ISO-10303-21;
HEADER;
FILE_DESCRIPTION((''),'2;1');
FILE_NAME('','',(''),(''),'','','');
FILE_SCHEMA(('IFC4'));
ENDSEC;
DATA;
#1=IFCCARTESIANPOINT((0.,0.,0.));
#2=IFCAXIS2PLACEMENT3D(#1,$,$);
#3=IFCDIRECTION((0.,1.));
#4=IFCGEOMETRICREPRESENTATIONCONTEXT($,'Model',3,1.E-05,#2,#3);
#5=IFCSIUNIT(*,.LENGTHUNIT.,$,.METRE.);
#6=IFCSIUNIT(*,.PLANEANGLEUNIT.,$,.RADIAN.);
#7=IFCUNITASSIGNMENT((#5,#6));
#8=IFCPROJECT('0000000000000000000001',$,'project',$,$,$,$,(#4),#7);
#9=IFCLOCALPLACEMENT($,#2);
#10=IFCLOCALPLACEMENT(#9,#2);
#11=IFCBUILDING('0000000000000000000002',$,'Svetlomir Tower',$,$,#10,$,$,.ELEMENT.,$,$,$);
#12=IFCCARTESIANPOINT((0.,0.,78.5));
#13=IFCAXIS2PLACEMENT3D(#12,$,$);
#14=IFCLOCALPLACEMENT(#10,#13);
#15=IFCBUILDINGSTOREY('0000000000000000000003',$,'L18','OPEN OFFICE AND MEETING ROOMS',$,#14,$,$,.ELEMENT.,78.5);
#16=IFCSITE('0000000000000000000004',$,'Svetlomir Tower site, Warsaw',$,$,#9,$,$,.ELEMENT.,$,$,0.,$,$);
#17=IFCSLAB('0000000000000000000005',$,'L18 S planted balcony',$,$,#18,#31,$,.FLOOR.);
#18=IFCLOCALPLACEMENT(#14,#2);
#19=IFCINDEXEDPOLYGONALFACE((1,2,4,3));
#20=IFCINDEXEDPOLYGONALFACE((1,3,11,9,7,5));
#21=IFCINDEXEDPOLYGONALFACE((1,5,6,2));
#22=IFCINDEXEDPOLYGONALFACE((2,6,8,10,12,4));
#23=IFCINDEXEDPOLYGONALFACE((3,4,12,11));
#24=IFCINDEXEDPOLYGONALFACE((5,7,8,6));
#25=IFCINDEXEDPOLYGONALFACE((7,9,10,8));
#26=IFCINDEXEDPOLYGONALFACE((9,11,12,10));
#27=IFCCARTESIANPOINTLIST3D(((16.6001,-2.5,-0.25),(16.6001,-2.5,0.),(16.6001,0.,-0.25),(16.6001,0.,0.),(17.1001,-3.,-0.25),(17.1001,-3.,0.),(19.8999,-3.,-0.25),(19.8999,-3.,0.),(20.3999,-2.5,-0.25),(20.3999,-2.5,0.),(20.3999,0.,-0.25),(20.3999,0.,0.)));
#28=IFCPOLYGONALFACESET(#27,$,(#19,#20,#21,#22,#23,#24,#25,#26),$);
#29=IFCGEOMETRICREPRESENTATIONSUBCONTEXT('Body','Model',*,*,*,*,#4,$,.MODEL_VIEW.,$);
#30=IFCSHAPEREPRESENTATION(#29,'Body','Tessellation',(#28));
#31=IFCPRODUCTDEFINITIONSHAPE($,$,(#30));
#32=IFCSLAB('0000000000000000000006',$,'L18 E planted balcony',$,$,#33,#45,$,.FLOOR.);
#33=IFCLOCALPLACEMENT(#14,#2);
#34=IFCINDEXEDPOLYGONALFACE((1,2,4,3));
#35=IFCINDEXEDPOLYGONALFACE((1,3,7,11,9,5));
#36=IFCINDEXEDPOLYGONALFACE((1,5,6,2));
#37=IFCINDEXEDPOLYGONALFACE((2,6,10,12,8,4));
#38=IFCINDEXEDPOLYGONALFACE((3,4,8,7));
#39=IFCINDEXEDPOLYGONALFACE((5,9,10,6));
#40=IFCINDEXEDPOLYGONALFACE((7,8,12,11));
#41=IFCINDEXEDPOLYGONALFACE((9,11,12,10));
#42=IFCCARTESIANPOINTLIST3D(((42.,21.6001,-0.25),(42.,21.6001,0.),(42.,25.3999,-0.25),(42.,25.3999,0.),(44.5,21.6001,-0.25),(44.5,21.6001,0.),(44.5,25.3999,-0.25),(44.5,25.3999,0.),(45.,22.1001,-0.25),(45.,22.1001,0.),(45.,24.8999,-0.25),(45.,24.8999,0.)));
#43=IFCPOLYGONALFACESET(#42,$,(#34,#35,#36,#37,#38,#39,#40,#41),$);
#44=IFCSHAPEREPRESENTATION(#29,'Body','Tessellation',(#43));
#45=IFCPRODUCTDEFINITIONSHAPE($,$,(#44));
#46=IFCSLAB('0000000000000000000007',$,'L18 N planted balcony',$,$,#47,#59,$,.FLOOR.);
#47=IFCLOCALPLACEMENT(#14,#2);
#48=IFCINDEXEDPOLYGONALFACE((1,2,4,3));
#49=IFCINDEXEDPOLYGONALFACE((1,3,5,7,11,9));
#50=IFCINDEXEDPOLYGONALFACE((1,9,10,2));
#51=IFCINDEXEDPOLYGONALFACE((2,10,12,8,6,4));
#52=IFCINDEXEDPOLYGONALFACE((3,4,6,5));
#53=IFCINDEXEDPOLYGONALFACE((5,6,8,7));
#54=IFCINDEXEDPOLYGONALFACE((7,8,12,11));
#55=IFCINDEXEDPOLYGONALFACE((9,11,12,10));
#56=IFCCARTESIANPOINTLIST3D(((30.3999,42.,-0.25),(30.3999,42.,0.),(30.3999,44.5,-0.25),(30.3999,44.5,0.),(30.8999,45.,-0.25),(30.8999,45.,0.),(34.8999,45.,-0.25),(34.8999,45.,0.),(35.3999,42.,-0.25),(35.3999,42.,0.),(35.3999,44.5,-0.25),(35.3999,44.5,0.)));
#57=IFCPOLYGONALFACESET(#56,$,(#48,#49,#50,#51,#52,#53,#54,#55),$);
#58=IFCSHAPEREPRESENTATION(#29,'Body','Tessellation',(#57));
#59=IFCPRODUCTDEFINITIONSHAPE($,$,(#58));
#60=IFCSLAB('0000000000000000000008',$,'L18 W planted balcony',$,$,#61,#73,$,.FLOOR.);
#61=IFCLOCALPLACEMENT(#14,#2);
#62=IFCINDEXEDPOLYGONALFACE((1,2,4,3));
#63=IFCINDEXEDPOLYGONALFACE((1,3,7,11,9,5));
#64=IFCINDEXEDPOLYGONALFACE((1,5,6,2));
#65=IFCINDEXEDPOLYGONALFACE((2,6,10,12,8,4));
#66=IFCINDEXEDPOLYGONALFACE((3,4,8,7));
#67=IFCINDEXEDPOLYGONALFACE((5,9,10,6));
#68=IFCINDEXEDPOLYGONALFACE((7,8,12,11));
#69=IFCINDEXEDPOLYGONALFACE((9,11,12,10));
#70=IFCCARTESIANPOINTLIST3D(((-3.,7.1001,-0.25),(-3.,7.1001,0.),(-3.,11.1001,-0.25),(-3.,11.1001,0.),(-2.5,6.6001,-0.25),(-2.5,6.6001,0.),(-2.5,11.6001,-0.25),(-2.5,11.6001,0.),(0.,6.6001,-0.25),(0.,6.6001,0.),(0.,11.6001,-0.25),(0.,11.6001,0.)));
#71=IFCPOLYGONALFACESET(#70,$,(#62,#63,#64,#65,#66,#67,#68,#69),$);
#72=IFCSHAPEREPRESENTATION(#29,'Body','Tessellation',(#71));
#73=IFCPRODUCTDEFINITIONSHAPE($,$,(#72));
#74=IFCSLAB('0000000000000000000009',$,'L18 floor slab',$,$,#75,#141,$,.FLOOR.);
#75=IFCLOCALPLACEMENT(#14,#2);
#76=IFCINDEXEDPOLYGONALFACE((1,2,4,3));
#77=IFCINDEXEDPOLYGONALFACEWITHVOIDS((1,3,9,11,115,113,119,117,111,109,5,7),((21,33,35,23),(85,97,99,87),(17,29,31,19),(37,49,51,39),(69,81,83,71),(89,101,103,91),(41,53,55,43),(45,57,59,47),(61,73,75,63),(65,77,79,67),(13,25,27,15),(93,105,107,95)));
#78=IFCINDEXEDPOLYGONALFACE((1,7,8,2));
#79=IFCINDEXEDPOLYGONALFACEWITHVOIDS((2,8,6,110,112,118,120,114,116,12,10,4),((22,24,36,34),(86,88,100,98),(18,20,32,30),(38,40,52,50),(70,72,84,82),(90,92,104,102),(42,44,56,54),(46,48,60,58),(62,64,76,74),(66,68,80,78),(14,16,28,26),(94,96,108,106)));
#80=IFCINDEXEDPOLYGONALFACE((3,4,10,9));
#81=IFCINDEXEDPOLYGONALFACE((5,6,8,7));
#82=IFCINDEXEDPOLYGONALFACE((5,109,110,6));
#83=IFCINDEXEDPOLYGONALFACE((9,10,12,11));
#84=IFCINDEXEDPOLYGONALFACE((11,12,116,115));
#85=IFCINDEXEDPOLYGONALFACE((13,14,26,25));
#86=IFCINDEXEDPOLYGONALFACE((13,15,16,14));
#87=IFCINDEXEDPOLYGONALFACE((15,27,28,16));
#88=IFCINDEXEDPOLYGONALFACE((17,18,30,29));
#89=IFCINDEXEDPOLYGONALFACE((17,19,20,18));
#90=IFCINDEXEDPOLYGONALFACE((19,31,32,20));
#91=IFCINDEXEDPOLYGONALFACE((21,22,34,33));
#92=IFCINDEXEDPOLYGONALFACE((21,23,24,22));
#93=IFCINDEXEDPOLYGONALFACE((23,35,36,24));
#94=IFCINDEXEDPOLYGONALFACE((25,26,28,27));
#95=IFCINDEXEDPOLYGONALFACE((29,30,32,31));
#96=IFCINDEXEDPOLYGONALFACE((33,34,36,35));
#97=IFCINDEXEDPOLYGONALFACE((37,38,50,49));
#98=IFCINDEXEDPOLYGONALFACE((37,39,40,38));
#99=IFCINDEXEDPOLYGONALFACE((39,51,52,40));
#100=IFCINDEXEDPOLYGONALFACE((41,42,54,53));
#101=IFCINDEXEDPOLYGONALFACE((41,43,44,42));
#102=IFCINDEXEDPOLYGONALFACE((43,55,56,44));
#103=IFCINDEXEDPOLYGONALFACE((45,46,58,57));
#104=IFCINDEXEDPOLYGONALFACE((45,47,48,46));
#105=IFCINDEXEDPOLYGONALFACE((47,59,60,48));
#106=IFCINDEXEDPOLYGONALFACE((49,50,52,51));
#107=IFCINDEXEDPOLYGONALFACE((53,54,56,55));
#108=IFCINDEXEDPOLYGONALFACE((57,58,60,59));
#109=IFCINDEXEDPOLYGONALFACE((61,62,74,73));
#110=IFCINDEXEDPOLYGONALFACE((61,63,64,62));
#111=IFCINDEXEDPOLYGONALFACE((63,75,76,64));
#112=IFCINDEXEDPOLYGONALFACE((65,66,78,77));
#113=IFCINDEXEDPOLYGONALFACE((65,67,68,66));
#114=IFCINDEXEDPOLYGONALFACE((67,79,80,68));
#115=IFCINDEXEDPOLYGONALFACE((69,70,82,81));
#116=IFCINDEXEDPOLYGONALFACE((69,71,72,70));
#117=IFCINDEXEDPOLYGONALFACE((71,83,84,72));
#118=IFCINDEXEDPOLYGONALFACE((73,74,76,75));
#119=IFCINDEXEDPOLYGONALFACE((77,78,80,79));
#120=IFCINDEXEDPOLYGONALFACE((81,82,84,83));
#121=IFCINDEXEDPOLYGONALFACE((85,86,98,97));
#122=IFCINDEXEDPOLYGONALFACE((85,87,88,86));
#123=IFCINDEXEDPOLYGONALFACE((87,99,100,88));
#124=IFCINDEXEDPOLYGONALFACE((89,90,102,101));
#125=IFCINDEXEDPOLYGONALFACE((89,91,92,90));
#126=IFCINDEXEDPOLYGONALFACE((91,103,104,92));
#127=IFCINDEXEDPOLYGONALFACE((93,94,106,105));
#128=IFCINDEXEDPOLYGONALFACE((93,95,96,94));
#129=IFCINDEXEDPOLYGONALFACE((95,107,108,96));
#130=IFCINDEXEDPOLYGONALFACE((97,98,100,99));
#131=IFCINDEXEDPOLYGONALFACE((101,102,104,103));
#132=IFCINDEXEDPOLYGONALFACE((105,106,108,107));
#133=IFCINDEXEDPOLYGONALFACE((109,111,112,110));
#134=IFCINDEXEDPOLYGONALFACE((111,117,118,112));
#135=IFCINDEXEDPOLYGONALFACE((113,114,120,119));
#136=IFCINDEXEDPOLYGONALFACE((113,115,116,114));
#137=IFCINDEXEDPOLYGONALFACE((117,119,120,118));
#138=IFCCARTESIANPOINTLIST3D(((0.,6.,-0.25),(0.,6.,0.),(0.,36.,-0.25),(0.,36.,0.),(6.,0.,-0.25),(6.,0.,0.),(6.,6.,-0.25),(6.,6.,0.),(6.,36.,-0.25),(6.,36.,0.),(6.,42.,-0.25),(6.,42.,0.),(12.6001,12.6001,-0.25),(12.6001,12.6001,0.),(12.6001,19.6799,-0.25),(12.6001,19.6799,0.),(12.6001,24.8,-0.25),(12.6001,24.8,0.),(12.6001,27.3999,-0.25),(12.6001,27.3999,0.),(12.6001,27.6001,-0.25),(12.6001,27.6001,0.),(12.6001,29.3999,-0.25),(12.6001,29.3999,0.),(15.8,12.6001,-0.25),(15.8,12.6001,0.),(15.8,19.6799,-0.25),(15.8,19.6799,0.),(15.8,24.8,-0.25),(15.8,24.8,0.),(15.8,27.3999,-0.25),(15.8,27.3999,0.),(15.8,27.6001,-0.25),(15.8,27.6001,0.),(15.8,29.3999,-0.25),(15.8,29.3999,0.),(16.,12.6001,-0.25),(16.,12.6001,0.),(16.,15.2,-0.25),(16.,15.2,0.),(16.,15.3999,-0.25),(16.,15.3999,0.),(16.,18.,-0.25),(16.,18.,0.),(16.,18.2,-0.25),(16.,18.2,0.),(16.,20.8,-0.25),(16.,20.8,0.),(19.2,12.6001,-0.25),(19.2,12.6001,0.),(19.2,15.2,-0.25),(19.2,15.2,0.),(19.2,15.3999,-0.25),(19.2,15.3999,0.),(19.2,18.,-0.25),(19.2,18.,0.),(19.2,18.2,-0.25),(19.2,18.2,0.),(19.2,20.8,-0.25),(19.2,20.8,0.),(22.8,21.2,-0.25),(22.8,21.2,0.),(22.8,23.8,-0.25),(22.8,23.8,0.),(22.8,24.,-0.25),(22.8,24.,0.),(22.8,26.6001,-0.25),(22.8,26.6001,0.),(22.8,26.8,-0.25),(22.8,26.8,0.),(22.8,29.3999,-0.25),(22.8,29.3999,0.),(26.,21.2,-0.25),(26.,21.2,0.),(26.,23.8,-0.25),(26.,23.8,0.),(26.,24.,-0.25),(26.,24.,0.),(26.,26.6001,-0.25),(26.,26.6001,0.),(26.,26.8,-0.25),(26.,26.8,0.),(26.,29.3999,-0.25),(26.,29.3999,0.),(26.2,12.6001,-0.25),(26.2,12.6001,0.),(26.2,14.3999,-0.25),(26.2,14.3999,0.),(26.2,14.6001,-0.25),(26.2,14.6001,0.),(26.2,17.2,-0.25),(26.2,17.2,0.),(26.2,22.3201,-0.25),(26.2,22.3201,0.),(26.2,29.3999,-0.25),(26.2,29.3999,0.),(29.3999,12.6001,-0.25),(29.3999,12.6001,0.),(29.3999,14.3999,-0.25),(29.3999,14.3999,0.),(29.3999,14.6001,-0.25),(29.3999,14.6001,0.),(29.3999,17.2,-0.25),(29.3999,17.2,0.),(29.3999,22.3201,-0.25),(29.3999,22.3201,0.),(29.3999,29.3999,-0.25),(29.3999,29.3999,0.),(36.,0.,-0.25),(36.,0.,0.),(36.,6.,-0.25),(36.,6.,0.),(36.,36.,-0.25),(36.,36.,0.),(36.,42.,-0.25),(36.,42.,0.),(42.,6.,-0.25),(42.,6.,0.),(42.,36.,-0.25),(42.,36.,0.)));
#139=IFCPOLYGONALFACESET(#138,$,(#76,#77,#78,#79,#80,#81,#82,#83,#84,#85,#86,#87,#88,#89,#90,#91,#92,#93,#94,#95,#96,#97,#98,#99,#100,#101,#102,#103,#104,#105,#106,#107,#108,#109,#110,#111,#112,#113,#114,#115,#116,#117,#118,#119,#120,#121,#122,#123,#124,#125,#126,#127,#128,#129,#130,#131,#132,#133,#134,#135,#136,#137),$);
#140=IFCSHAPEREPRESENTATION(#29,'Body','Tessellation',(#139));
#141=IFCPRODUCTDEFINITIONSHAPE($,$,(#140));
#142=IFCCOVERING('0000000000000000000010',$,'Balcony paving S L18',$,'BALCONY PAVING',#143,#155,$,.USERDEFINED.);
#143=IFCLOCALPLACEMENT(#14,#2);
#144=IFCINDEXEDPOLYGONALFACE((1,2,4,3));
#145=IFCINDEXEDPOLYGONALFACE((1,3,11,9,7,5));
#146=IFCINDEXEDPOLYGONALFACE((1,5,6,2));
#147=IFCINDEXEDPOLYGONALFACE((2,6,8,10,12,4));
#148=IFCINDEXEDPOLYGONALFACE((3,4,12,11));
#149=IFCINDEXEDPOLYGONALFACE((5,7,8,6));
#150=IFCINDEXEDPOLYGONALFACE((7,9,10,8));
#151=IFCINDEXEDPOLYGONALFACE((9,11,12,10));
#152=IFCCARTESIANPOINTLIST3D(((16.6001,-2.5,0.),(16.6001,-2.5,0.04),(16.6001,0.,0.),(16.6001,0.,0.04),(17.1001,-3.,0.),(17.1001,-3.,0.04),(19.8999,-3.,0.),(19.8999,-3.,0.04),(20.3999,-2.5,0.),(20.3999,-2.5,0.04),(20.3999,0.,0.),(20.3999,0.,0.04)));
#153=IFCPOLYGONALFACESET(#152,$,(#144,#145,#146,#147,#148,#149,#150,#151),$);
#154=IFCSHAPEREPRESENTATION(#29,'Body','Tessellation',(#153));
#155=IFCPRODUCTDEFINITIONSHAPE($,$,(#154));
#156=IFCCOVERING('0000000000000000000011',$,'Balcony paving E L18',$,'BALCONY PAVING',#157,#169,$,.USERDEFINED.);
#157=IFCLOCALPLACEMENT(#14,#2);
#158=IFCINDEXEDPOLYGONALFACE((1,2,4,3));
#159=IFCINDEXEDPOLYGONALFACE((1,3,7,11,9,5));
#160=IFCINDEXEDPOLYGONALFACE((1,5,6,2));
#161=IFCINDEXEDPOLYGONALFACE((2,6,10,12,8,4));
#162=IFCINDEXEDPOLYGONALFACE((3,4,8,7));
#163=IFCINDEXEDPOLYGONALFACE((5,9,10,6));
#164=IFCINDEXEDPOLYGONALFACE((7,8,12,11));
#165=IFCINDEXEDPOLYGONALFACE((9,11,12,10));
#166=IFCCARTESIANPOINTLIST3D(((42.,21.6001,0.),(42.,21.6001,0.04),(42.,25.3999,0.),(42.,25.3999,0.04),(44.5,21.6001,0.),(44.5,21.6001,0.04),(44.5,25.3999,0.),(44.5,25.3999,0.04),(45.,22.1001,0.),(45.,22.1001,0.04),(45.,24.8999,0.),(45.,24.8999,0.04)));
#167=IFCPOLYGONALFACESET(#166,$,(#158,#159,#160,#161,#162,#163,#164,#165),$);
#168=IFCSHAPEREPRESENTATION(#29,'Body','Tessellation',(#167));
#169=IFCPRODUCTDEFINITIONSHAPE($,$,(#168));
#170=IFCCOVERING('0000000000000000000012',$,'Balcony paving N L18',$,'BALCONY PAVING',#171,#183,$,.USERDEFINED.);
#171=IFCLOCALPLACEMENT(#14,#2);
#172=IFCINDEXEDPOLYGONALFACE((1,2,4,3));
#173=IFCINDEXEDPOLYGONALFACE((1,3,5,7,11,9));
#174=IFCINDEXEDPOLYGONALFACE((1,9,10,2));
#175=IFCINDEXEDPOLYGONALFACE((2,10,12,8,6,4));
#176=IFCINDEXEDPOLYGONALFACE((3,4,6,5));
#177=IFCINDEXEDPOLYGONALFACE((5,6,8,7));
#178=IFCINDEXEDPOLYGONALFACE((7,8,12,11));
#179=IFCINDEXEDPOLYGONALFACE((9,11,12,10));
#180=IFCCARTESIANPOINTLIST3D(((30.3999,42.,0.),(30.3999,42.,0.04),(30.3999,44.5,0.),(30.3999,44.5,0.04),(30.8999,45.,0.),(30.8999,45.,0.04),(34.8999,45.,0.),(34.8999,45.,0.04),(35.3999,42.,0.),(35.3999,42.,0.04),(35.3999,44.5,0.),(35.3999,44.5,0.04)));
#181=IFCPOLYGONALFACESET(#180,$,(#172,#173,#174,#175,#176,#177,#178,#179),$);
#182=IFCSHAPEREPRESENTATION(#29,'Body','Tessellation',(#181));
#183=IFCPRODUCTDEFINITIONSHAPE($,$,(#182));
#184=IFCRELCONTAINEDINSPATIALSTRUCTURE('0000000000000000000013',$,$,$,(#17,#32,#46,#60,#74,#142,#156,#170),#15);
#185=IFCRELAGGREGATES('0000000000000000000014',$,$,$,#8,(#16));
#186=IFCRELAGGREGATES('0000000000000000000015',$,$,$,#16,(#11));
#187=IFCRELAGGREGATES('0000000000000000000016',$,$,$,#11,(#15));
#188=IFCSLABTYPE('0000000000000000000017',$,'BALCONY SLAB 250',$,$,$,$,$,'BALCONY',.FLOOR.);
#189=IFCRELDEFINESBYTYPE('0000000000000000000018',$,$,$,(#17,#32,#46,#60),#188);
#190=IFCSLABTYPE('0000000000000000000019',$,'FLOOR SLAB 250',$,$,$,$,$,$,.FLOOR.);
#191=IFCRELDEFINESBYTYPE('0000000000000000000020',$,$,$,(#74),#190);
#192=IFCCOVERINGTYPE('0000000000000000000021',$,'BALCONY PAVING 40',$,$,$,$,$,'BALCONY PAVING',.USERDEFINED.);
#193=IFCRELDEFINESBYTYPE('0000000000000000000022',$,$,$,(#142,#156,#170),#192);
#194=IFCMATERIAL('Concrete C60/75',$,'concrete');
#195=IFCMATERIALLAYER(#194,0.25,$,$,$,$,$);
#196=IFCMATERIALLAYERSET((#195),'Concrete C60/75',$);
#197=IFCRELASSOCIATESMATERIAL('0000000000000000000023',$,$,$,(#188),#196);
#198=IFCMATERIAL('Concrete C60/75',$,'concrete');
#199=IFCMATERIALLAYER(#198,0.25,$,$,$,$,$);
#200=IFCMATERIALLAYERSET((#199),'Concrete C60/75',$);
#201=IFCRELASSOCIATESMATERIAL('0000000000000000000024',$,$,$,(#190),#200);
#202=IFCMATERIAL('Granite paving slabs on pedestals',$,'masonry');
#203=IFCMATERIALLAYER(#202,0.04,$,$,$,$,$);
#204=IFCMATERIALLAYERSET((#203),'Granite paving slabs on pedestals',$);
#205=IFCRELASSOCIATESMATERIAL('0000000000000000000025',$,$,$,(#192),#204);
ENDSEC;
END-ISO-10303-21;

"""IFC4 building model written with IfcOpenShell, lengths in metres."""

from ifc_helpers import new_model, si_unit, direction, frame, origin, place, context, subcontext, project, spatial, polyline, outline, extrude, material, layer, layer_set, type_object, element, save


model = new_model("IFC4")

# Units and contexts
model_context = context("Model", 3, precision=1e-05, world=origin(), true_north=direction((0.0, 1.0)))
body_context = subcontext(model_context, "Body", "Model", "MODEL_VIEW")
ifc_project = project(units=[si_unit("LENGTHUNIT", "METRE"), si_unit("PLANEANGLEUNIT", "RADIAN")], contexts=[model_context])

# Site, building, storey
site_placement = place(None, origin())
site = spatial("IfcSite", under=ifc_project, at=site_placement, Name="Svetlomir Tower site, Warsaw", CompositionType="ELEMENT", RefElevation=0.0)
building_placement = place(site_placement, origin())
building = spatial("IfcBuilding", under=site, at=building_placement, Name="Svetlomir Tower", CompositionType="ELEMENT")
storey_placement = place(building_placement, frame((0.0, 0.0, 78.5)))
storey = spatial("IfcBuildingStorey", under=building, at=storey_placement, Name="L18", Description="OPEN OFFICE AND MEETING ROOMS", CompositionType="ELEMENT", Elevation=78.5)

# Slabs
ifc_material_1 = material(Name="Concrete C60/75", Category="concrete")
ifc_layer_1 = layer(ifc_material_1, 0.25)
ifc_layer_set_1 = layer_set([ifc_layer_1], Name="Concrete C60/75")
slab_type_1 = type_object("IfcSlabType", Name="BALCONY SLAB 250", ElementType="BALCONY", PredefinedType="FLOOR", material=ifc_layer_set_1)
slab_1_placement = place(storey_placement, frame((0.0, 0.0, -0.25)))
element("IfcSlab", 1, at=slab_1_placement, inside=storey, type_object=slab_type_1, Name="L18 S planted balcony", PredefinedType="FLOOR", context=body_context, shape_type="SweptSolid", body=[
    extrude(outline(polyline([(16.6001, -2.5), (17.1001, -3.0), (19.8999, -3.0), (20.3999, -2.5), (20.3999, 0.0), (16.6001, 0.0), (16.6001, -2.5)])), origin(), (0.0, 0.0, 1.0), 0.25),
])
slab_2_placement = place(storey_placement, frame((0.0, 0.0, -0.25)))
element("IfcSlab", 2, at=slab_2_placement, inside=storey, type_object=slab_type_1, Name="L18 E planted balcony", PredefinedType="FLOOR", context=body_context, shape_type="SweptSolid", body=[
    extrude(outline(polyline([(42.0, 21.6001), (44.5, 21.6001), (45.0, 22.1001), (45.0, 24.8999), (44.5, 25.3999), (42.0, 25.3999), (42.0, 21.6001)])), origin(), (0.0, 0.0, 1.0), 0.25),
])
slab_3_placement = place(storey_placement, frame((0.0, 0.0, -0.25)))
element("IfcSlab", 3, at=slab_3_placement, inside=storey, type_object=slab_type_1, Name="L18 N planted balcony", PredefinedType="FLOOR", context=body_context, shape_type="SweptSolid", body=[
    extrude(outline(polyline([(30.3999, 42.0), (35.3999, 42.0), (35.3999, 44.5), (34.8999, 45.0), (30.8999, 45.0), (30.3999, 44.5), (30.3999, 42.0)])), origin(), (0.0, 0.0, 1.0), 0.25),
])
slab_4_placement = place(storey_placement, frame((0.0, 0.0, -0.25)))
element("IfcSlab", 4, at=slab_4_placement, inside=storey, type_object=slab_type_1, Name="L18 W planted balcony", PredefinedType="FLOOR", context=body_context, shape_type="SweptSolid", body=[
    extrude(outline(polyline([(-2.5, 6.6001), (0.0, 6.6001), (0.0, 11.6001), (-2.5, 11.6001), (-3.0, 11.1001), (-3.0, 7.1001), (-2.5, 6.6001)])), origin(), (0.0, 0.0, 1.0), 0.25),
])
ifc_material_2 = material(Name="Concrete C60/75", Category="concrete")
ifc_layer_2 = layer(ifc_material_2, 0.25)
ifc_layer_set_2 = layer_set([ifc_layer_2], Name="Concrete C60/75")
slab_type_2 = type_object("IfcSlabType", Name="FLOOR SLAB 250", PredefinedType="FLOOR", material=ifc_layer_set_2)
slab_5_placement = place(storey_placement, frame((0.0, 0.0, -0.25)))
element("IfcSlab", 5, at=slab_5_placement, inside=storey, type_object=slab_type_2, Name="L18 floor slab", PredefinedType="FLOOR", context=body_context, shape_type="SweptSolid", body=[
    extrude(outline(polyline([(6.0, 0.0), (36.0, 0.0), (36.0, 6.0), (42.0, 6.0), (42.0, 36.0), (36.0, 36.0), (36.0, 42.0), (6.0, 42.0), (6.0, 36.0), (0.0, 36.0), (0.0, 6.0), (6.0, 6.0), (6.0, 0.0)]), holes=[polyline([(12.6001, 24.8), (15.8, 24.8), (15.8, 27.3999), (12.6001, 27.3999), (12.6001, 24.8)]), polyline([(26.2, 14.6001), (29.3999, 14.6001), (29.3999, 17.2), (26.2, 17.2), (26.2, 14.6001)]), polyline([(16.0, 12.6001), (19.2, 12.6001), (19.2, 15.2), (16.0, 15.2), (16.0, 12.6001)]), polyline([(16.0, 15.3999), (19.2, 15.3999), (19.2, 18.0), (16.0, 18.0), (16.0, 15.3999)]), polyline([(16.0, 18.2), (19.2, 18.2), (19.2, 20.8), (16.0, 20.8), (16.0, 18.2)]), polyline([(22.8, 21.2), (26.0, 21.2), (26.0, 23.8), (22.8, 23.8), (22.8, 21.2)]), polyline([(22.8, 24.0), (26.0, 24.0), (26.0, 26.6001), (22.8, 26.6001), (22.8, 24.0)]), polyline([(22.8, 26.8), (26.0, 26.8), (26.0, 29.3999), (22.8, 29.3999), (22.8, 26.8)]), polyline([(12.6001, 27.6001), (15.8, 27.6001), (15.8, 29.3999), (12.6001, 29.3999), (12.6001, 27.6001)]), polyline([(26.2, 12.6001), (29.3999, 12.6001), (29.3999, 14.3999), (26.2, 14.3999), (26.2, 12.6001)]), polyline([(12.6001, 12.6001), (15.8, 12.6001), (15.8, 19.6799), (12.6001, 19.6799), (12.6001, 12.6001)]), polyline([(26.2, 22.3201), (29.3999, 22.3201), (29.3999, 29.3999), (26.2, 29.3999), (26.2, 22.3201)])]), origin(), (0.0, 0.0, 1.0), 0.25),
])

# Coverings
ifc_material_3 = material(Name="Granite paving slabs on pedestals", Category="masonry")
ifc_layer_3 = layer(ifc_material_3, 0.04)
ifc_layer_set_3 = layer_set([ifc_layer_3], Name="Granite paving slabs on pedestals")
covering_type_1 = type_object("IfcCoveringType", Name="BALCONY PAVING 40", ElementType="BALCONY PAVING", PredefinedType="USERDEFINED", material=ifc_layer_set_3)
covering_1_placement = place(storey_placement, origin())
element("IfcCovering", 6, at=covering_1_placement, inside=storey, type_object=covering_type_1, Name="Balcony paving S L18", ObjectType="BALCONY PAVING", PredefinedType="USERDEFINED", context=body_context, shape_type="SweptSolid", body=[
    extrude(outline(polyline([(16.6001, -2.5), (17.1001, -3.0), (19.8999, -3.0), (20.3999, -2.5), (20.3999, 0.0), (16.6001, 0.0), (16.6001, -2.5)])), origin(), (0.0, 0.0, 1.0), 0.04),
])
covering_2_placement = place(storey_placement, origin())
element("IfcCovering", 7, at=covering_2_placement, inside=storey, type_object=covering_type_1, Name="Balcony paving E L18", ObjectType="BALCONY PAVING", PredefinedType="USERDEFINED", context=body_context, shape_type="SweptSolid", body=[
    extrude(outline(polyline([(42.0, 21.6001), (44.5, 21.6001), (45.0, 22.1001), (45.0, 24.8999), (44.5, 25.3999), (42.0, 25.3999), (42.0, 21.6001)])), origin(), (0.0, 0.0, 1.0), 0.04),
])
covering_3_placement = place(storey_placement, origin())
element("IfcCovering", 8, at=covering_3_placement, inside=storey, type_object=covering_type_1, Name="Balcony paving N L18", ObjectType="BALCONY PAVING", PredefinedType="USERDEFINED", context=body_context, shape_type="SweptSolid", body=[
    extrude(outline(polyline([(30.3999, 42.0), (35.3999, 42.0), (35.3999, 44.5), (34.8999, 45.0), (30.8999, 45.0), (30.3999, 44.5), (30.3999, 42.0)])), origin(), (0.0, 0.0, 1.0), 0.04),
])

save(model, "model.ifc")
